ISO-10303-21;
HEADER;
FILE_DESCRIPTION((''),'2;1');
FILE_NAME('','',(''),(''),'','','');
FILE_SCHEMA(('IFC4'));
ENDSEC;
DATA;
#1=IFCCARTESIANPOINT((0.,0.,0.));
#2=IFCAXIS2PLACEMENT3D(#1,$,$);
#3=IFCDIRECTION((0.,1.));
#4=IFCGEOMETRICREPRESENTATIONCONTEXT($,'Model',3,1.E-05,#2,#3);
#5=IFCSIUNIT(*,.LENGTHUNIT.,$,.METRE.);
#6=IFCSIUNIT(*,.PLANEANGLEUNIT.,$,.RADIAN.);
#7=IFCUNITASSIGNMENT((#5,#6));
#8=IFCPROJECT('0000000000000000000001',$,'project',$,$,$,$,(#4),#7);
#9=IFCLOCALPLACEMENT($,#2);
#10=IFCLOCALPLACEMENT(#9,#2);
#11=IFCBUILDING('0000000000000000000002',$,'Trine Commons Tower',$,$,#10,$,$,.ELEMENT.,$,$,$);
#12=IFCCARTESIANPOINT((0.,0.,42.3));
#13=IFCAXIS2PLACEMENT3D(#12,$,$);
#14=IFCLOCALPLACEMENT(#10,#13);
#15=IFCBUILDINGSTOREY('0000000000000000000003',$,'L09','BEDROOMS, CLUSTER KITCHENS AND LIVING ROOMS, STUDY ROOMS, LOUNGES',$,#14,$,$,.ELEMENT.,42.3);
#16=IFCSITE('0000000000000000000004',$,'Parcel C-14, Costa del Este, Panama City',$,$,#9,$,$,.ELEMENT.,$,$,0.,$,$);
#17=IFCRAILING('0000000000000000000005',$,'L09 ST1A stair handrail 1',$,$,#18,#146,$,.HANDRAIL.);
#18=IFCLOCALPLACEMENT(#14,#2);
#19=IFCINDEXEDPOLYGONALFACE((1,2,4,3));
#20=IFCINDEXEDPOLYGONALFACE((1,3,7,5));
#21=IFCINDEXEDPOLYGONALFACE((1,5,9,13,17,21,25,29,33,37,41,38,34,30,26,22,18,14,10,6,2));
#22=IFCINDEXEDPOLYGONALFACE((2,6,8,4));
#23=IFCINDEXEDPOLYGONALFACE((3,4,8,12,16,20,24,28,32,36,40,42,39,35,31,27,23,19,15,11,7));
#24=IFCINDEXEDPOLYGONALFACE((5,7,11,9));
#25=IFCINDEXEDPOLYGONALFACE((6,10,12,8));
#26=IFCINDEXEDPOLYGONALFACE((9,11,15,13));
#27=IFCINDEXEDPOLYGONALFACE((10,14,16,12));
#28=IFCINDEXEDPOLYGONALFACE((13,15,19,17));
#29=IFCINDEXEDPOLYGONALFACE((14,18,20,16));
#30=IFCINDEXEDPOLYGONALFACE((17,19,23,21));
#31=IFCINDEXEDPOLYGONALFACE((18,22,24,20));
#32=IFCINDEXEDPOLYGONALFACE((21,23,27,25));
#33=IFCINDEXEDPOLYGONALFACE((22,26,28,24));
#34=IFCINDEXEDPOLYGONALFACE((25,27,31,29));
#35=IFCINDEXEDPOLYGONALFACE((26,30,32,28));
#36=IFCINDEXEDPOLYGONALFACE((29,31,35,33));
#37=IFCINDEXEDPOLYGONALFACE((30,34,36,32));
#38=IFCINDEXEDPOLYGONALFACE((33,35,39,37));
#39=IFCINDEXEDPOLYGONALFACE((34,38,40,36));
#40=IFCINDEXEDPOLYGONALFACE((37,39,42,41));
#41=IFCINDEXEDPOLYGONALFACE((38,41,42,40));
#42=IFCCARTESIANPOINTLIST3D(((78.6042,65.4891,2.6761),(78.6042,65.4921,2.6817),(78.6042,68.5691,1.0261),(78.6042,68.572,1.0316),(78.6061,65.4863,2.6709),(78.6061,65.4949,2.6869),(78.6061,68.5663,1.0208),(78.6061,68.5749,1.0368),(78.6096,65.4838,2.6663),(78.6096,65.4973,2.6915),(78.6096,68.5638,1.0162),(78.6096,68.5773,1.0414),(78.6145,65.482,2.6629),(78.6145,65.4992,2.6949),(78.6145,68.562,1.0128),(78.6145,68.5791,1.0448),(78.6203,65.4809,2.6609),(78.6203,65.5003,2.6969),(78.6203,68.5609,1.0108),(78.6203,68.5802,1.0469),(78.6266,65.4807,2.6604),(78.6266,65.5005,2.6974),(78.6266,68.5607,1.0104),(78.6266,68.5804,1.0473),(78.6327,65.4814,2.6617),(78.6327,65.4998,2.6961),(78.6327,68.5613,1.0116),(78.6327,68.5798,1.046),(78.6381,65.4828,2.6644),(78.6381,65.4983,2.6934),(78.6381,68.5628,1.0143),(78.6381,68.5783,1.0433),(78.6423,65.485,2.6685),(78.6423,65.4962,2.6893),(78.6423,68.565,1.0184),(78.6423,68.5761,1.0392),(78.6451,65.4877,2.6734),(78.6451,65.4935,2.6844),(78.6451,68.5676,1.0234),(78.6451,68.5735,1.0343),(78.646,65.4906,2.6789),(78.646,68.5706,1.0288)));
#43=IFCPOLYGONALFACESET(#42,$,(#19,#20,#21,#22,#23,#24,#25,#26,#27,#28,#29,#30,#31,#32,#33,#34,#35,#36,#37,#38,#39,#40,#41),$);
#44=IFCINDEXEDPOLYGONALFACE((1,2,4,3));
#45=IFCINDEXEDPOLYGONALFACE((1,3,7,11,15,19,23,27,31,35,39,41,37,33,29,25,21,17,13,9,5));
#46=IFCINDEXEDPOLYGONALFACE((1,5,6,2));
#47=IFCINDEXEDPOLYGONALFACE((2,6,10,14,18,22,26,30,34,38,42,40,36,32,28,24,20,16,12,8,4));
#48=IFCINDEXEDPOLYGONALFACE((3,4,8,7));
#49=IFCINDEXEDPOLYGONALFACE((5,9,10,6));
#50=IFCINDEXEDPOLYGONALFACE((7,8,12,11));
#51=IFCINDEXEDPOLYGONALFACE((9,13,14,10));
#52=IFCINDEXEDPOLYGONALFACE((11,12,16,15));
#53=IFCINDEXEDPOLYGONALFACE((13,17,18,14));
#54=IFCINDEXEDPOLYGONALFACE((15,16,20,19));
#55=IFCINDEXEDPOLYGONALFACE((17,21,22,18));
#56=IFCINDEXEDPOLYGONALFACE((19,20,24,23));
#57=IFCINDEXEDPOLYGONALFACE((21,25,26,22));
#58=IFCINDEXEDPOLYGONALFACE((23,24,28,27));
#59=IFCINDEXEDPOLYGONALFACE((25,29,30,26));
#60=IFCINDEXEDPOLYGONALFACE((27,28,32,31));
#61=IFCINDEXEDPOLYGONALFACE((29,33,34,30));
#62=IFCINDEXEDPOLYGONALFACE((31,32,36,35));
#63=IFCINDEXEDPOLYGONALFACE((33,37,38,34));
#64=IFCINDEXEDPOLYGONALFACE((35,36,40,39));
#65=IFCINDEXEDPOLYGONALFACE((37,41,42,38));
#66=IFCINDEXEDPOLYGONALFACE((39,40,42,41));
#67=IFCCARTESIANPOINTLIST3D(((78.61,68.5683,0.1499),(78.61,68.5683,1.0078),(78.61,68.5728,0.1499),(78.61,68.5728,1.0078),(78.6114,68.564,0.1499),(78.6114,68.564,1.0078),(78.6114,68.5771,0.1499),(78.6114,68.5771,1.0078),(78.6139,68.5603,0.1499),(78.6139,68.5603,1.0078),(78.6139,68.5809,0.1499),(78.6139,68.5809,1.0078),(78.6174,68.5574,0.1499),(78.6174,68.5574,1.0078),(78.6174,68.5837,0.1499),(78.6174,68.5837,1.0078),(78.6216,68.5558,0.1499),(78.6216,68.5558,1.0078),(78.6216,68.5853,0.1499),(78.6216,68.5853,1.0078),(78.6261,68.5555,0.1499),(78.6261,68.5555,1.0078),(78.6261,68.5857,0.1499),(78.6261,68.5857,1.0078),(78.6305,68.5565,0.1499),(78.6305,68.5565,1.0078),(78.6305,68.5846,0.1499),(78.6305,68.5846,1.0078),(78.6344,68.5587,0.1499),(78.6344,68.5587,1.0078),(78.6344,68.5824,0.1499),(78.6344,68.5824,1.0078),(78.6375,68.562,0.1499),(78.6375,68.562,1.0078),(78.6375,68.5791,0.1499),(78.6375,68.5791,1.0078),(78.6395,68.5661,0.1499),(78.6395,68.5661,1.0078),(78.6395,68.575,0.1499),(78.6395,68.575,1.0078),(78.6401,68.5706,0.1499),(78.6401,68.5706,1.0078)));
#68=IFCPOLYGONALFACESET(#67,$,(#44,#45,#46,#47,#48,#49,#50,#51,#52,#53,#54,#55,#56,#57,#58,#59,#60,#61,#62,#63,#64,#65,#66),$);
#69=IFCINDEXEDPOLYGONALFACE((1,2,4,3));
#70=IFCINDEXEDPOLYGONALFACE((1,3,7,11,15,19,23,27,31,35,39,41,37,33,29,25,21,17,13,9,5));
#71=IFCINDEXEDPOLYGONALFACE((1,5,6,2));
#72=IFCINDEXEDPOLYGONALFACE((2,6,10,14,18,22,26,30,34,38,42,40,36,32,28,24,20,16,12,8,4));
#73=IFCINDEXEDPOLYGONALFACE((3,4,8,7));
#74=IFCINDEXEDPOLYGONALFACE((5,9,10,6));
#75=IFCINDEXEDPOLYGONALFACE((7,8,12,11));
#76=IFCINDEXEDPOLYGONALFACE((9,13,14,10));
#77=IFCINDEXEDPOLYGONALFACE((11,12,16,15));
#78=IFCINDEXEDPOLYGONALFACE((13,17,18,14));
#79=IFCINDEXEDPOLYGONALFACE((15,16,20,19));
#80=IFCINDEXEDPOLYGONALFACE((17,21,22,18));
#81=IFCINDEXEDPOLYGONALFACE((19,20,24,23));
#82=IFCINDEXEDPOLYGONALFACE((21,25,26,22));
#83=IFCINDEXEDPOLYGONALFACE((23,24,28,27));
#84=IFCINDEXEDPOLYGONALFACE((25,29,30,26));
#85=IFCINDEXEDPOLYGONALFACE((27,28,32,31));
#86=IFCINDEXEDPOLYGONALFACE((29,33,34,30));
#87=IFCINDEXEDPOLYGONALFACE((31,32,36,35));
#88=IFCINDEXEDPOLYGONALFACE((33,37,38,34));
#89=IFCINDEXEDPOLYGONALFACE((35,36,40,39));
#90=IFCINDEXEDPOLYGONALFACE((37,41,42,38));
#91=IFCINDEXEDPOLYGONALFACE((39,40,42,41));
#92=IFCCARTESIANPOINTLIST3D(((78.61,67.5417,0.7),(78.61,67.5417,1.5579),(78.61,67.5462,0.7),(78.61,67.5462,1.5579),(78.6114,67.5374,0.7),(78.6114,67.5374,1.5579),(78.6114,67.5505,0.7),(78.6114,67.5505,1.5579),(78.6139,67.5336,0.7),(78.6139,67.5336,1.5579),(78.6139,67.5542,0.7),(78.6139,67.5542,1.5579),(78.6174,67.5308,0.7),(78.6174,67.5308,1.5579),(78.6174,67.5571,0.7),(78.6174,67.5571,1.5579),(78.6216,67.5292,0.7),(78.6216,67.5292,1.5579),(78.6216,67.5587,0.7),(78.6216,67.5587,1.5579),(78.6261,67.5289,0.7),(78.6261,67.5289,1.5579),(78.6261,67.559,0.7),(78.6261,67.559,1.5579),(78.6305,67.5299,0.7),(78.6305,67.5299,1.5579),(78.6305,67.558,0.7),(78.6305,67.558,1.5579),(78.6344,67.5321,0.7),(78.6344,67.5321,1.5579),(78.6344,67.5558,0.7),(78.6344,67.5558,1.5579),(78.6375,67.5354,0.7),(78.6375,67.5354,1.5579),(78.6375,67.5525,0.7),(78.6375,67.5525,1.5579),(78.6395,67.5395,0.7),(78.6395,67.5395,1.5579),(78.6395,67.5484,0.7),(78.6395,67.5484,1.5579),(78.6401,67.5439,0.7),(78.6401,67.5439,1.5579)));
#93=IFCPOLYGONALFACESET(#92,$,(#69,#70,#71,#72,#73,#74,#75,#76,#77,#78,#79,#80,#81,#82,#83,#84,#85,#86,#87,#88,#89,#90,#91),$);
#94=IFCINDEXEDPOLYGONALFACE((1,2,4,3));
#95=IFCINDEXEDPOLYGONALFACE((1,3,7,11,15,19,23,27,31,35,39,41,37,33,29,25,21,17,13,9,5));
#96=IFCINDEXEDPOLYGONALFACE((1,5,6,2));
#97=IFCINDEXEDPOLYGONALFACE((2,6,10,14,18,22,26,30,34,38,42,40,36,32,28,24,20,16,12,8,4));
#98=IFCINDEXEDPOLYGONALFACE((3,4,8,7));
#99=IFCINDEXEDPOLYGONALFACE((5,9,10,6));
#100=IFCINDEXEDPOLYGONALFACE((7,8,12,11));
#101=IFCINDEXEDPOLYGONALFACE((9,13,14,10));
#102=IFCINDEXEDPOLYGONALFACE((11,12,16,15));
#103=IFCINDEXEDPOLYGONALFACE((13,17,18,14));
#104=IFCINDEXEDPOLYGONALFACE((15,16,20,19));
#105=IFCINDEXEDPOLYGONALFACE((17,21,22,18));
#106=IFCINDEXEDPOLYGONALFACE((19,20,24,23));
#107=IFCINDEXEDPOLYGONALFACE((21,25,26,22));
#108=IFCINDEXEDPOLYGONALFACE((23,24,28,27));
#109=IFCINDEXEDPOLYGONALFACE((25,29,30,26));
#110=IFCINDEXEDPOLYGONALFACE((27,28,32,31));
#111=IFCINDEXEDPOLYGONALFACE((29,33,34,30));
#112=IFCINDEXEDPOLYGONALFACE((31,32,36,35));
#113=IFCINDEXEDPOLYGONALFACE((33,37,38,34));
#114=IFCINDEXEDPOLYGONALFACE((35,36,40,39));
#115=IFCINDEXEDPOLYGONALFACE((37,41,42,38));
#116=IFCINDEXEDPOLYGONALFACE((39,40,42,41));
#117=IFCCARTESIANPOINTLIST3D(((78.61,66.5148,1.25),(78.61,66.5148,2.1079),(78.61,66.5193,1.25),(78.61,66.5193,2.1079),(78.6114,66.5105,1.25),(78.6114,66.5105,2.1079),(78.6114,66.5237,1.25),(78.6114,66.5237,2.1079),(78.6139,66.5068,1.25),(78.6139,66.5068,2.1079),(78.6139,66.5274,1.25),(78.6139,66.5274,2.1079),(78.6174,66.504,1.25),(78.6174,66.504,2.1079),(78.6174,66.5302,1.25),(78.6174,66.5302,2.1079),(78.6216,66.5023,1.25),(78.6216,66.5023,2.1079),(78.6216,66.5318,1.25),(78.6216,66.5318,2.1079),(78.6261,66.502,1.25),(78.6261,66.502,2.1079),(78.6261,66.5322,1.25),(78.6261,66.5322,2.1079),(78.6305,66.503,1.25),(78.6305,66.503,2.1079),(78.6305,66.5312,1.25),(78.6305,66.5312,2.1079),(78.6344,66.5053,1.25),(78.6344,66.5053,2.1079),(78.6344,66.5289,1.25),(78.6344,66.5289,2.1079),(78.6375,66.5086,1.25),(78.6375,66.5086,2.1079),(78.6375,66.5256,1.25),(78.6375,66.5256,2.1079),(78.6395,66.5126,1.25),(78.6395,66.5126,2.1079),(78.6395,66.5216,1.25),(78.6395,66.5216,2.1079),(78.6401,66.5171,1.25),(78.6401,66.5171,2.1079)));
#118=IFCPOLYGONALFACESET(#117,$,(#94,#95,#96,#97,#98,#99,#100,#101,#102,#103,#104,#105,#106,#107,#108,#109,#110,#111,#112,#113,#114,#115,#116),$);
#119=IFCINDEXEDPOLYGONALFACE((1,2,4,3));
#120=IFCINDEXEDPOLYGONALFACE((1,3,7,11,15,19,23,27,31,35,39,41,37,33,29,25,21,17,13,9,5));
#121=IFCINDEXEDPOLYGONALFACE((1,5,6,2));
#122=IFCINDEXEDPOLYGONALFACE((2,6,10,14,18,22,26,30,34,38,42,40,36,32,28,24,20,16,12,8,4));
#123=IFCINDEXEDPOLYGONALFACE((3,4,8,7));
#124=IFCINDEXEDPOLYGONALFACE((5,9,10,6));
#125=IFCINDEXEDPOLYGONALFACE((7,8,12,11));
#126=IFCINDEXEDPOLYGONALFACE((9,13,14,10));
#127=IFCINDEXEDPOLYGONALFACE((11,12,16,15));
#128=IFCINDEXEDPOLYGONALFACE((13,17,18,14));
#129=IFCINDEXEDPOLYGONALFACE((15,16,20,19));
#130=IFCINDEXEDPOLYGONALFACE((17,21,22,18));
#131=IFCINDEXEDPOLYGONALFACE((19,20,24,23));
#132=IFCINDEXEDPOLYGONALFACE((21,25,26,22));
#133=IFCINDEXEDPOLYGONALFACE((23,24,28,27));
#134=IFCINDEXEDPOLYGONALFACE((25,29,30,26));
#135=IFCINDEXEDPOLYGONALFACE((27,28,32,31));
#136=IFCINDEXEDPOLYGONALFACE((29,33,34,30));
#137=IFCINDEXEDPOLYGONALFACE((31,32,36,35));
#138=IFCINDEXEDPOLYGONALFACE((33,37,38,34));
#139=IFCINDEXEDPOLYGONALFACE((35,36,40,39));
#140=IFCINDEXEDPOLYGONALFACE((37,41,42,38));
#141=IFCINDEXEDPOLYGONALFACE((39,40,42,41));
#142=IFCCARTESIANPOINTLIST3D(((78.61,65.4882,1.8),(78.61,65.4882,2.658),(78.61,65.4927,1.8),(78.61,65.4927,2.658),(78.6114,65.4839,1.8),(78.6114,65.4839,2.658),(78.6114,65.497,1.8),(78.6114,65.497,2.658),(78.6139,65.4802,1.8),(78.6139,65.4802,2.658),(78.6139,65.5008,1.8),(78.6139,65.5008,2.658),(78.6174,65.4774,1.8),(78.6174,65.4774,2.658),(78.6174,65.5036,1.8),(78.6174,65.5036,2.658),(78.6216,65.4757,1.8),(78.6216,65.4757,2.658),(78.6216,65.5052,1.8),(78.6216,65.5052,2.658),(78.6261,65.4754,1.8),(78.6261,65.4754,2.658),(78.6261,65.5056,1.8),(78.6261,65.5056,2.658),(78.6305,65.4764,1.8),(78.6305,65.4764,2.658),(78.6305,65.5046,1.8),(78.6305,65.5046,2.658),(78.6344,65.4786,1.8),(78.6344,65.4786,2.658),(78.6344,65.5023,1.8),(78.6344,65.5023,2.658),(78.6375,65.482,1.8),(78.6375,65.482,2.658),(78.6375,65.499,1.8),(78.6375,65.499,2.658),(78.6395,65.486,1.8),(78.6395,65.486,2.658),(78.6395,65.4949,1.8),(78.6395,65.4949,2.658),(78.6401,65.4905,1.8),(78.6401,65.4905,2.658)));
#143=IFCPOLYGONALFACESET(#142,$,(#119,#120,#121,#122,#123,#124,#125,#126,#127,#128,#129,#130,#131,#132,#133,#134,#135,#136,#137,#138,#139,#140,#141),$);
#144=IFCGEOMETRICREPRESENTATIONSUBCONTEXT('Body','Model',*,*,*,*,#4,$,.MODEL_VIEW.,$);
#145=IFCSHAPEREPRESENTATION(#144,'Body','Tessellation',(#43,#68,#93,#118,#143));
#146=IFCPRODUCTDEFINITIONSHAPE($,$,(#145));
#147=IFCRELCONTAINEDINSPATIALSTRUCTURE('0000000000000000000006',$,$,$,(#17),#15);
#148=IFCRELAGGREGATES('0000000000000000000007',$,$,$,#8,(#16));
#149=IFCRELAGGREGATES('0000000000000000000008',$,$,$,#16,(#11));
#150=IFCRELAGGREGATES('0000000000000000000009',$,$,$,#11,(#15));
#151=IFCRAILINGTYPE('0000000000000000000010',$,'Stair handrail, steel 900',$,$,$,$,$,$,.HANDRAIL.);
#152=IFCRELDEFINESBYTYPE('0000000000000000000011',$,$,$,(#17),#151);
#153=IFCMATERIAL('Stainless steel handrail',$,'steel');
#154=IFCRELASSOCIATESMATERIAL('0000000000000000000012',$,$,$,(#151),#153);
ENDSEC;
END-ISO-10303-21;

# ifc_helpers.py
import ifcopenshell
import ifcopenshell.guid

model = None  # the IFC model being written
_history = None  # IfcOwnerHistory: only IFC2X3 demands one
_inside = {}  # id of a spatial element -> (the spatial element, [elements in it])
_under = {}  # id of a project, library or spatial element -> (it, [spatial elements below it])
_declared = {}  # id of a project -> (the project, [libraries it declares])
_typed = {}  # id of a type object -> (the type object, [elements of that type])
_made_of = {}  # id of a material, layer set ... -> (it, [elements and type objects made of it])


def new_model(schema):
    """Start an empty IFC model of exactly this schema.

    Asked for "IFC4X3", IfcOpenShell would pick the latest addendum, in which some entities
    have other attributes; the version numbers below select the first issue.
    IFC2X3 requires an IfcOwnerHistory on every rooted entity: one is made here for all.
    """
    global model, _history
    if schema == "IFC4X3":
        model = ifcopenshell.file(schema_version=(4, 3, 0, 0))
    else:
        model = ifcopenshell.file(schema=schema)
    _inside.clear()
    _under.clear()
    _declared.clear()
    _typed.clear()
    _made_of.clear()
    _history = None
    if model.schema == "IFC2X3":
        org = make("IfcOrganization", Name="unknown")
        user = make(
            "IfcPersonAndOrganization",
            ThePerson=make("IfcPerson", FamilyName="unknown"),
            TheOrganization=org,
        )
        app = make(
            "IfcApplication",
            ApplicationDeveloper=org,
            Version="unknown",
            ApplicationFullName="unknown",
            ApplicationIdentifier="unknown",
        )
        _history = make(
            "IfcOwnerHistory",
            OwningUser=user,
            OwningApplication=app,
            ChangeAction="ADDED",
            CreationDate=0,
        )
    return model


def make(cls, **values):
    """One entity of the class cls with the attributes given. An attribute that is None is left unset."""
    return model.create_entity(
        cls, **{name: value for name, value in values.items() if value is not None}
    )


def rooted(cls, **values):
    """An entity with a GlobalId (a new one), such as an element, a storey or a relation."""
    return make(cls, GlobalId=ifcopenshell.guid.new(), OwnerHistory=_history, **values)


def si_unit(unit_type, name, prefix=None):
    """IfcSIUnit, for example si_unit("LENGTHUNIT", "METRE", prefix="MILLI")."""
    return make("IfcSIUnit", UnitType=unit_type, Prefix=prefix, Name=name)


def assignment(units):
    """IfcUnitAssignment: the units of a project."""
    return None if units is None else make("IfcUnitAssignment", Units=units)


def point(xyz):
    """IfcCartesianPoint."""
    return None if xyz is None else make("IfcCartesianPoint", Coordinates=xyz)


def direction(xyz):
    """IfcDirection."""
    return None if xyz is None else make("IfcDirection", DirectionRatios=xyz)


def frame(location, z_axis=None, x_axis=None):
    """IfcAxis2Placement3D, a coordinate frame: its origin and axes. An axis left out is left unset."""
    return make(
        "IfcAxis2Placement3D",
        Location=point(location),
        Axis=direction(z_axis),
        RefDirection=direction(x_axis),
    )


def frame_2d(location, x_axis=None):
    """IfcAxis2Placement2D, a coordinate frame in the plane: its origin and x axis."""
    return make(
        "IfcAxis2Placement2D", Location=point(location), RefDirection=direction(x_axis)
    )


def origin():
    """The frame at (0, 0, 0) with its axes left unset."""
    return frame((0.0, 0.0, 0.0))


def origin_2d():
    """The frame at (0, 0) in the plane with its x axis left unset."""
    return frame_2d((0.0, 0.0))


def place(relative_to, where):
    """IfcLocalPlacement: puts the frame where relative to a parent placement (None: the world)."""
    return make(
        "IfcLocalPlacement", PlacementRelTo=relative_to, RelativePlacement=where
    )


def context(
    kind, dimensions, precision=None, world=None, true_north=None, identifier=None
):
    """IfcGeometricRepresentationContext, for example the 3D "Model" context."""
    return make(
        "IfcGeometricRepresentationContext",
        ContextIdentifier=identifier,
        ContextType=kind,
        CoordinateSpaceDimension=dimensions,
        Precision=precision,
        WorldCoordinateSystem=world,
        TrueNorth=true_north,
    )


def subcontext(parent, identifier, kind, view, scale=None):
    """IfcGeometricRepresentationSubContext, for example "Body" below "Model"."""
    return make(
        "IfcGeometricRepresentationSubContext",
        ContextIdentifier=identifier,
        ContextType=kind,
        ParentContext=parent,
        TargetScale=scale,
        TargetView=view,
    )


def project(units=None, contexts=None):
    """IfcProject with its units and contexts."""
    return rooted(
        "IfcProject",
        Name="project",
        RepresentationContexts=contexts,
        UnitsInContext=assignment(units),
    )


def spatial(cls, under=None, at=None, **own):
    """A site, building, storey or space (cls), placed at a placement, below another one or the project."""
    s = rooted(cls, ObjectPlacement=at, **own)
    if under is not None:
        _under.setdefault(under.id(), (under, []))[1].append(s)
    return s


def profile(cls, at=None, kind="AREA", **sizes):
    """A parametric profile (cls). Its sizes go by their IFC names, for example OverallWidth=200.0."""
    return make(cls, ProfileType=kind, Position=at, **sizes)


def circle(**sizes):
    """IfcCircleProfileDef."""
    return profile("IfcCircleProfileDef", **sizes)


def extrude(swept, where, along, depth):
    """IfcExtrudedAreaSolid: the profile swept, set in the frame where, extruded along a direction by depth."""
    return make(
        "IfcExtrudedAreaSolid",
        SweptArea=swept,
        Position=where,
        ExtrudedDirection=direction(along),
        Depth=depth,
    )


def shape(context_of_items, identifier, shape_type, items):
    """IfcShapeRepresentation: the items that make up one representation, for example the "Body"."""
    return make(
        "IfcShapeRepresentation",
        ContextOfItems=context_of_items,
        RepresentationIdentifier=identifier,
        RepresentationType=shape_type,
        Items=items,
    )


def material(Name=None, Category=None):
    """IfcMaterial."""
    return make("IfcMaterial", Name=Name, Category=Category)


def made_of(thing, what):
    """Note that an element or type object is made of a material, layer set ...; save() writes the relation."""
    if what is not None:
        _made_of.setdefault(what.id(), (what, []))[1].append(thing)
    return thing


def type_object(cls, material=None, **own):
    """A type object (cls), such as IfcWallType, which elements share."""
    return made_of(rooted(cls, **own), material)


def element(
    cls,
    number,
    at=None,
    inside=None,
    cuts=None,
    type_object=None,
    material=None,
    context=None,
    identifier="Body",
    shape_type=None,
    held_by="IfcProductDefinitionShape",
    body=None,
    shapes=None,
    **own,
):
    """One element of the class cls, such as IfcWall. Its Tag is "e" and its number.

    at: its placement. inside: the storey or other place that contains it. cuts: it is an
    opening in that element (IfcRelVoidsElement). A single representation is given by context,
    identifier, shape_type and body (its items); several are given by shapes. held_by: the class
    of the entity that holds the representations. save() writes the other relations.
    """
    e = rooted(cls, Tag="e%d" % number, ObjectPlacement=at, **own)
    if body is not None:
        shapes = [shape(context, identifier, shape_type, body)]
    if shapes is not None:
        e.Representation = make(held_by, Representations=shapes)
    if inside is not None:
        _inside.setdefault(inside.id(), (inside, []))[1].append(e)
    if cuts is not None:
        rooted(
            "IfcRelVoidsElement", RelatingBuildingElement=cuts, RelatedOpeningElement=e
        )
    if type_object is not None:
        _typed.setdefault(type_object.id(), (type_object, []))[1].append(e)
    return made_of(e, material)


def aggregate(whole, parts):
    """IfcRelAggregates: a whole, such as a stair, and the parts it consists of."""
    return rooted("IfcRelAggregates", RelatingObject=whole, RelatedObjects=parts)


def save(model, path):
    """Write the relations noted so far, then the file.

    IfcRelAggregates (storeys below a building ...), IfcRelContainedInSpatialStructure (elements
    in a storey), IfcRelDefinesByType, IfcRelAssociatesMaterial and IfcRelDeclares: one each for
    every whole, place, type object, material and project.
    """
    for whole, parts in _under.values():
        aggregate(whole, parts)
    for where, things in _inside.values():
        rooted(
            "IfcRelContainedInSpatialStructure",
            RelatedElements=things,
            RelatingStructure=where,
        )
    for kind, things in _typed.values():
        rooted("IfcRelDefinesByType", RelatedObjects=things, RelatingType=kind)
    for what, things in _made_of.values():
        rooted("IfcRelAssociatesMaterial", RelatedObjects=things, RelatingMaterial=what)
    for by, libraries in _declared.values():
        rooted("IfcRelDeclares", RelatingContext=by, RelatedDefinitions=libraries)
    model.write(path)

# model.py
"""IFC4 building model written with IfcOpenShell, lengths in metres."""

from ifc_helpers import new_model, si_unit, direction, frame, origin, origin_2d, place, context, subcontext, project, spatial, circle, extrude, material, type_object, element, save


model = new_model("IFC4")

# Units and contexts
model_context = context("Model", 3, precision=1e-05, world=origin(), true_north=direction((0.0, 1.0)))
body_context = subcontext(model_context, "Body", "Model", "MODEL_VIEW")
ifc_project = project(units=[si_unit("LENGTHUNIT", "METRE"), si_unit("PLANEANGLEUNIT", "RADIAN")], contexts=[model_context])

# Site, building, storey
site_placement = place(None, origin())
site = spatial("IfcSite", under=ifc_project, at=site_placement, Name="Parcel C-14, Costa del Este, Panama City", CompositionType="ELEMENT", RefElevation=0.0)
building_placement = place(site_placement, origin())
building = spatial("IfcBuilding", under=site, at=building_placement, Name="Trine Commons Tower", CompositionType="ELEMENT")
storey_placement = place(building_placement, frame((0.0, 0.0, 42.3)))
storey = spatial("IfcBuildingStorey", under=building, at=storey_placement, Name="L09", Description="BEDROOMS, CLUSTER KITCHENS AND LIVING ROOMS, STUDY ROOMS, LOUNGES", CompositionType="ELEMENT", Elevation=42.3)

# Railing
ifc_material_1 = material(Name="Stainless steel handrail", Category="steel")
railing_type_1 = type_object("IfcRailingType", Name="Stair handrail, steel 900", PredefinedType="HANDRAIL", material=ifc_material_1)
railing_1_placement = place(storey_placement, frame((78.625, 68.5706, 0.1499)))
element("IfcRailing", 1, at=railing_1_placement, inside=storey, type_object=railing_type_1, Name="L09 ST1A stair handrail 1", PredefinedType="HANDRAIL", context=body_context, shape_type="SweptSolid", body=[
    extrude(circle(Radius=0.021, at=origin_2d()), frame((0.0, 0.0, 0.8789), z_axis=(0.0, -0.881468, 0.472245), x_axis=(1.0, 0.0, 0.0)), (0.0, 0.0, 1.0), 3.4941),
    extrude(circle(Radius=0.0151, at=origin_2d()), origin(), (0.0, 0.0, 1.0), 0.8579),
    extrude(circle(Radius=0.0151, at=origin_2d()), frame((0.0, -1.0266, 0.55)), (0.0, 0.0, 1.0), 0.8579),
    extrude(circle(Radius=0.0151, at=origin_2d()), frame((0.0, -2.0535, 1.1001)), (0.0, 0.0, 1.0), 0.8579),
    extrude(circle(Radius=0.0151, at=origin_2d()), frame((0.0, -3.0801, 1.6501)), (0.0, 0.0, 1.0), 0.8579),
])

save(model, "model.ifc")
